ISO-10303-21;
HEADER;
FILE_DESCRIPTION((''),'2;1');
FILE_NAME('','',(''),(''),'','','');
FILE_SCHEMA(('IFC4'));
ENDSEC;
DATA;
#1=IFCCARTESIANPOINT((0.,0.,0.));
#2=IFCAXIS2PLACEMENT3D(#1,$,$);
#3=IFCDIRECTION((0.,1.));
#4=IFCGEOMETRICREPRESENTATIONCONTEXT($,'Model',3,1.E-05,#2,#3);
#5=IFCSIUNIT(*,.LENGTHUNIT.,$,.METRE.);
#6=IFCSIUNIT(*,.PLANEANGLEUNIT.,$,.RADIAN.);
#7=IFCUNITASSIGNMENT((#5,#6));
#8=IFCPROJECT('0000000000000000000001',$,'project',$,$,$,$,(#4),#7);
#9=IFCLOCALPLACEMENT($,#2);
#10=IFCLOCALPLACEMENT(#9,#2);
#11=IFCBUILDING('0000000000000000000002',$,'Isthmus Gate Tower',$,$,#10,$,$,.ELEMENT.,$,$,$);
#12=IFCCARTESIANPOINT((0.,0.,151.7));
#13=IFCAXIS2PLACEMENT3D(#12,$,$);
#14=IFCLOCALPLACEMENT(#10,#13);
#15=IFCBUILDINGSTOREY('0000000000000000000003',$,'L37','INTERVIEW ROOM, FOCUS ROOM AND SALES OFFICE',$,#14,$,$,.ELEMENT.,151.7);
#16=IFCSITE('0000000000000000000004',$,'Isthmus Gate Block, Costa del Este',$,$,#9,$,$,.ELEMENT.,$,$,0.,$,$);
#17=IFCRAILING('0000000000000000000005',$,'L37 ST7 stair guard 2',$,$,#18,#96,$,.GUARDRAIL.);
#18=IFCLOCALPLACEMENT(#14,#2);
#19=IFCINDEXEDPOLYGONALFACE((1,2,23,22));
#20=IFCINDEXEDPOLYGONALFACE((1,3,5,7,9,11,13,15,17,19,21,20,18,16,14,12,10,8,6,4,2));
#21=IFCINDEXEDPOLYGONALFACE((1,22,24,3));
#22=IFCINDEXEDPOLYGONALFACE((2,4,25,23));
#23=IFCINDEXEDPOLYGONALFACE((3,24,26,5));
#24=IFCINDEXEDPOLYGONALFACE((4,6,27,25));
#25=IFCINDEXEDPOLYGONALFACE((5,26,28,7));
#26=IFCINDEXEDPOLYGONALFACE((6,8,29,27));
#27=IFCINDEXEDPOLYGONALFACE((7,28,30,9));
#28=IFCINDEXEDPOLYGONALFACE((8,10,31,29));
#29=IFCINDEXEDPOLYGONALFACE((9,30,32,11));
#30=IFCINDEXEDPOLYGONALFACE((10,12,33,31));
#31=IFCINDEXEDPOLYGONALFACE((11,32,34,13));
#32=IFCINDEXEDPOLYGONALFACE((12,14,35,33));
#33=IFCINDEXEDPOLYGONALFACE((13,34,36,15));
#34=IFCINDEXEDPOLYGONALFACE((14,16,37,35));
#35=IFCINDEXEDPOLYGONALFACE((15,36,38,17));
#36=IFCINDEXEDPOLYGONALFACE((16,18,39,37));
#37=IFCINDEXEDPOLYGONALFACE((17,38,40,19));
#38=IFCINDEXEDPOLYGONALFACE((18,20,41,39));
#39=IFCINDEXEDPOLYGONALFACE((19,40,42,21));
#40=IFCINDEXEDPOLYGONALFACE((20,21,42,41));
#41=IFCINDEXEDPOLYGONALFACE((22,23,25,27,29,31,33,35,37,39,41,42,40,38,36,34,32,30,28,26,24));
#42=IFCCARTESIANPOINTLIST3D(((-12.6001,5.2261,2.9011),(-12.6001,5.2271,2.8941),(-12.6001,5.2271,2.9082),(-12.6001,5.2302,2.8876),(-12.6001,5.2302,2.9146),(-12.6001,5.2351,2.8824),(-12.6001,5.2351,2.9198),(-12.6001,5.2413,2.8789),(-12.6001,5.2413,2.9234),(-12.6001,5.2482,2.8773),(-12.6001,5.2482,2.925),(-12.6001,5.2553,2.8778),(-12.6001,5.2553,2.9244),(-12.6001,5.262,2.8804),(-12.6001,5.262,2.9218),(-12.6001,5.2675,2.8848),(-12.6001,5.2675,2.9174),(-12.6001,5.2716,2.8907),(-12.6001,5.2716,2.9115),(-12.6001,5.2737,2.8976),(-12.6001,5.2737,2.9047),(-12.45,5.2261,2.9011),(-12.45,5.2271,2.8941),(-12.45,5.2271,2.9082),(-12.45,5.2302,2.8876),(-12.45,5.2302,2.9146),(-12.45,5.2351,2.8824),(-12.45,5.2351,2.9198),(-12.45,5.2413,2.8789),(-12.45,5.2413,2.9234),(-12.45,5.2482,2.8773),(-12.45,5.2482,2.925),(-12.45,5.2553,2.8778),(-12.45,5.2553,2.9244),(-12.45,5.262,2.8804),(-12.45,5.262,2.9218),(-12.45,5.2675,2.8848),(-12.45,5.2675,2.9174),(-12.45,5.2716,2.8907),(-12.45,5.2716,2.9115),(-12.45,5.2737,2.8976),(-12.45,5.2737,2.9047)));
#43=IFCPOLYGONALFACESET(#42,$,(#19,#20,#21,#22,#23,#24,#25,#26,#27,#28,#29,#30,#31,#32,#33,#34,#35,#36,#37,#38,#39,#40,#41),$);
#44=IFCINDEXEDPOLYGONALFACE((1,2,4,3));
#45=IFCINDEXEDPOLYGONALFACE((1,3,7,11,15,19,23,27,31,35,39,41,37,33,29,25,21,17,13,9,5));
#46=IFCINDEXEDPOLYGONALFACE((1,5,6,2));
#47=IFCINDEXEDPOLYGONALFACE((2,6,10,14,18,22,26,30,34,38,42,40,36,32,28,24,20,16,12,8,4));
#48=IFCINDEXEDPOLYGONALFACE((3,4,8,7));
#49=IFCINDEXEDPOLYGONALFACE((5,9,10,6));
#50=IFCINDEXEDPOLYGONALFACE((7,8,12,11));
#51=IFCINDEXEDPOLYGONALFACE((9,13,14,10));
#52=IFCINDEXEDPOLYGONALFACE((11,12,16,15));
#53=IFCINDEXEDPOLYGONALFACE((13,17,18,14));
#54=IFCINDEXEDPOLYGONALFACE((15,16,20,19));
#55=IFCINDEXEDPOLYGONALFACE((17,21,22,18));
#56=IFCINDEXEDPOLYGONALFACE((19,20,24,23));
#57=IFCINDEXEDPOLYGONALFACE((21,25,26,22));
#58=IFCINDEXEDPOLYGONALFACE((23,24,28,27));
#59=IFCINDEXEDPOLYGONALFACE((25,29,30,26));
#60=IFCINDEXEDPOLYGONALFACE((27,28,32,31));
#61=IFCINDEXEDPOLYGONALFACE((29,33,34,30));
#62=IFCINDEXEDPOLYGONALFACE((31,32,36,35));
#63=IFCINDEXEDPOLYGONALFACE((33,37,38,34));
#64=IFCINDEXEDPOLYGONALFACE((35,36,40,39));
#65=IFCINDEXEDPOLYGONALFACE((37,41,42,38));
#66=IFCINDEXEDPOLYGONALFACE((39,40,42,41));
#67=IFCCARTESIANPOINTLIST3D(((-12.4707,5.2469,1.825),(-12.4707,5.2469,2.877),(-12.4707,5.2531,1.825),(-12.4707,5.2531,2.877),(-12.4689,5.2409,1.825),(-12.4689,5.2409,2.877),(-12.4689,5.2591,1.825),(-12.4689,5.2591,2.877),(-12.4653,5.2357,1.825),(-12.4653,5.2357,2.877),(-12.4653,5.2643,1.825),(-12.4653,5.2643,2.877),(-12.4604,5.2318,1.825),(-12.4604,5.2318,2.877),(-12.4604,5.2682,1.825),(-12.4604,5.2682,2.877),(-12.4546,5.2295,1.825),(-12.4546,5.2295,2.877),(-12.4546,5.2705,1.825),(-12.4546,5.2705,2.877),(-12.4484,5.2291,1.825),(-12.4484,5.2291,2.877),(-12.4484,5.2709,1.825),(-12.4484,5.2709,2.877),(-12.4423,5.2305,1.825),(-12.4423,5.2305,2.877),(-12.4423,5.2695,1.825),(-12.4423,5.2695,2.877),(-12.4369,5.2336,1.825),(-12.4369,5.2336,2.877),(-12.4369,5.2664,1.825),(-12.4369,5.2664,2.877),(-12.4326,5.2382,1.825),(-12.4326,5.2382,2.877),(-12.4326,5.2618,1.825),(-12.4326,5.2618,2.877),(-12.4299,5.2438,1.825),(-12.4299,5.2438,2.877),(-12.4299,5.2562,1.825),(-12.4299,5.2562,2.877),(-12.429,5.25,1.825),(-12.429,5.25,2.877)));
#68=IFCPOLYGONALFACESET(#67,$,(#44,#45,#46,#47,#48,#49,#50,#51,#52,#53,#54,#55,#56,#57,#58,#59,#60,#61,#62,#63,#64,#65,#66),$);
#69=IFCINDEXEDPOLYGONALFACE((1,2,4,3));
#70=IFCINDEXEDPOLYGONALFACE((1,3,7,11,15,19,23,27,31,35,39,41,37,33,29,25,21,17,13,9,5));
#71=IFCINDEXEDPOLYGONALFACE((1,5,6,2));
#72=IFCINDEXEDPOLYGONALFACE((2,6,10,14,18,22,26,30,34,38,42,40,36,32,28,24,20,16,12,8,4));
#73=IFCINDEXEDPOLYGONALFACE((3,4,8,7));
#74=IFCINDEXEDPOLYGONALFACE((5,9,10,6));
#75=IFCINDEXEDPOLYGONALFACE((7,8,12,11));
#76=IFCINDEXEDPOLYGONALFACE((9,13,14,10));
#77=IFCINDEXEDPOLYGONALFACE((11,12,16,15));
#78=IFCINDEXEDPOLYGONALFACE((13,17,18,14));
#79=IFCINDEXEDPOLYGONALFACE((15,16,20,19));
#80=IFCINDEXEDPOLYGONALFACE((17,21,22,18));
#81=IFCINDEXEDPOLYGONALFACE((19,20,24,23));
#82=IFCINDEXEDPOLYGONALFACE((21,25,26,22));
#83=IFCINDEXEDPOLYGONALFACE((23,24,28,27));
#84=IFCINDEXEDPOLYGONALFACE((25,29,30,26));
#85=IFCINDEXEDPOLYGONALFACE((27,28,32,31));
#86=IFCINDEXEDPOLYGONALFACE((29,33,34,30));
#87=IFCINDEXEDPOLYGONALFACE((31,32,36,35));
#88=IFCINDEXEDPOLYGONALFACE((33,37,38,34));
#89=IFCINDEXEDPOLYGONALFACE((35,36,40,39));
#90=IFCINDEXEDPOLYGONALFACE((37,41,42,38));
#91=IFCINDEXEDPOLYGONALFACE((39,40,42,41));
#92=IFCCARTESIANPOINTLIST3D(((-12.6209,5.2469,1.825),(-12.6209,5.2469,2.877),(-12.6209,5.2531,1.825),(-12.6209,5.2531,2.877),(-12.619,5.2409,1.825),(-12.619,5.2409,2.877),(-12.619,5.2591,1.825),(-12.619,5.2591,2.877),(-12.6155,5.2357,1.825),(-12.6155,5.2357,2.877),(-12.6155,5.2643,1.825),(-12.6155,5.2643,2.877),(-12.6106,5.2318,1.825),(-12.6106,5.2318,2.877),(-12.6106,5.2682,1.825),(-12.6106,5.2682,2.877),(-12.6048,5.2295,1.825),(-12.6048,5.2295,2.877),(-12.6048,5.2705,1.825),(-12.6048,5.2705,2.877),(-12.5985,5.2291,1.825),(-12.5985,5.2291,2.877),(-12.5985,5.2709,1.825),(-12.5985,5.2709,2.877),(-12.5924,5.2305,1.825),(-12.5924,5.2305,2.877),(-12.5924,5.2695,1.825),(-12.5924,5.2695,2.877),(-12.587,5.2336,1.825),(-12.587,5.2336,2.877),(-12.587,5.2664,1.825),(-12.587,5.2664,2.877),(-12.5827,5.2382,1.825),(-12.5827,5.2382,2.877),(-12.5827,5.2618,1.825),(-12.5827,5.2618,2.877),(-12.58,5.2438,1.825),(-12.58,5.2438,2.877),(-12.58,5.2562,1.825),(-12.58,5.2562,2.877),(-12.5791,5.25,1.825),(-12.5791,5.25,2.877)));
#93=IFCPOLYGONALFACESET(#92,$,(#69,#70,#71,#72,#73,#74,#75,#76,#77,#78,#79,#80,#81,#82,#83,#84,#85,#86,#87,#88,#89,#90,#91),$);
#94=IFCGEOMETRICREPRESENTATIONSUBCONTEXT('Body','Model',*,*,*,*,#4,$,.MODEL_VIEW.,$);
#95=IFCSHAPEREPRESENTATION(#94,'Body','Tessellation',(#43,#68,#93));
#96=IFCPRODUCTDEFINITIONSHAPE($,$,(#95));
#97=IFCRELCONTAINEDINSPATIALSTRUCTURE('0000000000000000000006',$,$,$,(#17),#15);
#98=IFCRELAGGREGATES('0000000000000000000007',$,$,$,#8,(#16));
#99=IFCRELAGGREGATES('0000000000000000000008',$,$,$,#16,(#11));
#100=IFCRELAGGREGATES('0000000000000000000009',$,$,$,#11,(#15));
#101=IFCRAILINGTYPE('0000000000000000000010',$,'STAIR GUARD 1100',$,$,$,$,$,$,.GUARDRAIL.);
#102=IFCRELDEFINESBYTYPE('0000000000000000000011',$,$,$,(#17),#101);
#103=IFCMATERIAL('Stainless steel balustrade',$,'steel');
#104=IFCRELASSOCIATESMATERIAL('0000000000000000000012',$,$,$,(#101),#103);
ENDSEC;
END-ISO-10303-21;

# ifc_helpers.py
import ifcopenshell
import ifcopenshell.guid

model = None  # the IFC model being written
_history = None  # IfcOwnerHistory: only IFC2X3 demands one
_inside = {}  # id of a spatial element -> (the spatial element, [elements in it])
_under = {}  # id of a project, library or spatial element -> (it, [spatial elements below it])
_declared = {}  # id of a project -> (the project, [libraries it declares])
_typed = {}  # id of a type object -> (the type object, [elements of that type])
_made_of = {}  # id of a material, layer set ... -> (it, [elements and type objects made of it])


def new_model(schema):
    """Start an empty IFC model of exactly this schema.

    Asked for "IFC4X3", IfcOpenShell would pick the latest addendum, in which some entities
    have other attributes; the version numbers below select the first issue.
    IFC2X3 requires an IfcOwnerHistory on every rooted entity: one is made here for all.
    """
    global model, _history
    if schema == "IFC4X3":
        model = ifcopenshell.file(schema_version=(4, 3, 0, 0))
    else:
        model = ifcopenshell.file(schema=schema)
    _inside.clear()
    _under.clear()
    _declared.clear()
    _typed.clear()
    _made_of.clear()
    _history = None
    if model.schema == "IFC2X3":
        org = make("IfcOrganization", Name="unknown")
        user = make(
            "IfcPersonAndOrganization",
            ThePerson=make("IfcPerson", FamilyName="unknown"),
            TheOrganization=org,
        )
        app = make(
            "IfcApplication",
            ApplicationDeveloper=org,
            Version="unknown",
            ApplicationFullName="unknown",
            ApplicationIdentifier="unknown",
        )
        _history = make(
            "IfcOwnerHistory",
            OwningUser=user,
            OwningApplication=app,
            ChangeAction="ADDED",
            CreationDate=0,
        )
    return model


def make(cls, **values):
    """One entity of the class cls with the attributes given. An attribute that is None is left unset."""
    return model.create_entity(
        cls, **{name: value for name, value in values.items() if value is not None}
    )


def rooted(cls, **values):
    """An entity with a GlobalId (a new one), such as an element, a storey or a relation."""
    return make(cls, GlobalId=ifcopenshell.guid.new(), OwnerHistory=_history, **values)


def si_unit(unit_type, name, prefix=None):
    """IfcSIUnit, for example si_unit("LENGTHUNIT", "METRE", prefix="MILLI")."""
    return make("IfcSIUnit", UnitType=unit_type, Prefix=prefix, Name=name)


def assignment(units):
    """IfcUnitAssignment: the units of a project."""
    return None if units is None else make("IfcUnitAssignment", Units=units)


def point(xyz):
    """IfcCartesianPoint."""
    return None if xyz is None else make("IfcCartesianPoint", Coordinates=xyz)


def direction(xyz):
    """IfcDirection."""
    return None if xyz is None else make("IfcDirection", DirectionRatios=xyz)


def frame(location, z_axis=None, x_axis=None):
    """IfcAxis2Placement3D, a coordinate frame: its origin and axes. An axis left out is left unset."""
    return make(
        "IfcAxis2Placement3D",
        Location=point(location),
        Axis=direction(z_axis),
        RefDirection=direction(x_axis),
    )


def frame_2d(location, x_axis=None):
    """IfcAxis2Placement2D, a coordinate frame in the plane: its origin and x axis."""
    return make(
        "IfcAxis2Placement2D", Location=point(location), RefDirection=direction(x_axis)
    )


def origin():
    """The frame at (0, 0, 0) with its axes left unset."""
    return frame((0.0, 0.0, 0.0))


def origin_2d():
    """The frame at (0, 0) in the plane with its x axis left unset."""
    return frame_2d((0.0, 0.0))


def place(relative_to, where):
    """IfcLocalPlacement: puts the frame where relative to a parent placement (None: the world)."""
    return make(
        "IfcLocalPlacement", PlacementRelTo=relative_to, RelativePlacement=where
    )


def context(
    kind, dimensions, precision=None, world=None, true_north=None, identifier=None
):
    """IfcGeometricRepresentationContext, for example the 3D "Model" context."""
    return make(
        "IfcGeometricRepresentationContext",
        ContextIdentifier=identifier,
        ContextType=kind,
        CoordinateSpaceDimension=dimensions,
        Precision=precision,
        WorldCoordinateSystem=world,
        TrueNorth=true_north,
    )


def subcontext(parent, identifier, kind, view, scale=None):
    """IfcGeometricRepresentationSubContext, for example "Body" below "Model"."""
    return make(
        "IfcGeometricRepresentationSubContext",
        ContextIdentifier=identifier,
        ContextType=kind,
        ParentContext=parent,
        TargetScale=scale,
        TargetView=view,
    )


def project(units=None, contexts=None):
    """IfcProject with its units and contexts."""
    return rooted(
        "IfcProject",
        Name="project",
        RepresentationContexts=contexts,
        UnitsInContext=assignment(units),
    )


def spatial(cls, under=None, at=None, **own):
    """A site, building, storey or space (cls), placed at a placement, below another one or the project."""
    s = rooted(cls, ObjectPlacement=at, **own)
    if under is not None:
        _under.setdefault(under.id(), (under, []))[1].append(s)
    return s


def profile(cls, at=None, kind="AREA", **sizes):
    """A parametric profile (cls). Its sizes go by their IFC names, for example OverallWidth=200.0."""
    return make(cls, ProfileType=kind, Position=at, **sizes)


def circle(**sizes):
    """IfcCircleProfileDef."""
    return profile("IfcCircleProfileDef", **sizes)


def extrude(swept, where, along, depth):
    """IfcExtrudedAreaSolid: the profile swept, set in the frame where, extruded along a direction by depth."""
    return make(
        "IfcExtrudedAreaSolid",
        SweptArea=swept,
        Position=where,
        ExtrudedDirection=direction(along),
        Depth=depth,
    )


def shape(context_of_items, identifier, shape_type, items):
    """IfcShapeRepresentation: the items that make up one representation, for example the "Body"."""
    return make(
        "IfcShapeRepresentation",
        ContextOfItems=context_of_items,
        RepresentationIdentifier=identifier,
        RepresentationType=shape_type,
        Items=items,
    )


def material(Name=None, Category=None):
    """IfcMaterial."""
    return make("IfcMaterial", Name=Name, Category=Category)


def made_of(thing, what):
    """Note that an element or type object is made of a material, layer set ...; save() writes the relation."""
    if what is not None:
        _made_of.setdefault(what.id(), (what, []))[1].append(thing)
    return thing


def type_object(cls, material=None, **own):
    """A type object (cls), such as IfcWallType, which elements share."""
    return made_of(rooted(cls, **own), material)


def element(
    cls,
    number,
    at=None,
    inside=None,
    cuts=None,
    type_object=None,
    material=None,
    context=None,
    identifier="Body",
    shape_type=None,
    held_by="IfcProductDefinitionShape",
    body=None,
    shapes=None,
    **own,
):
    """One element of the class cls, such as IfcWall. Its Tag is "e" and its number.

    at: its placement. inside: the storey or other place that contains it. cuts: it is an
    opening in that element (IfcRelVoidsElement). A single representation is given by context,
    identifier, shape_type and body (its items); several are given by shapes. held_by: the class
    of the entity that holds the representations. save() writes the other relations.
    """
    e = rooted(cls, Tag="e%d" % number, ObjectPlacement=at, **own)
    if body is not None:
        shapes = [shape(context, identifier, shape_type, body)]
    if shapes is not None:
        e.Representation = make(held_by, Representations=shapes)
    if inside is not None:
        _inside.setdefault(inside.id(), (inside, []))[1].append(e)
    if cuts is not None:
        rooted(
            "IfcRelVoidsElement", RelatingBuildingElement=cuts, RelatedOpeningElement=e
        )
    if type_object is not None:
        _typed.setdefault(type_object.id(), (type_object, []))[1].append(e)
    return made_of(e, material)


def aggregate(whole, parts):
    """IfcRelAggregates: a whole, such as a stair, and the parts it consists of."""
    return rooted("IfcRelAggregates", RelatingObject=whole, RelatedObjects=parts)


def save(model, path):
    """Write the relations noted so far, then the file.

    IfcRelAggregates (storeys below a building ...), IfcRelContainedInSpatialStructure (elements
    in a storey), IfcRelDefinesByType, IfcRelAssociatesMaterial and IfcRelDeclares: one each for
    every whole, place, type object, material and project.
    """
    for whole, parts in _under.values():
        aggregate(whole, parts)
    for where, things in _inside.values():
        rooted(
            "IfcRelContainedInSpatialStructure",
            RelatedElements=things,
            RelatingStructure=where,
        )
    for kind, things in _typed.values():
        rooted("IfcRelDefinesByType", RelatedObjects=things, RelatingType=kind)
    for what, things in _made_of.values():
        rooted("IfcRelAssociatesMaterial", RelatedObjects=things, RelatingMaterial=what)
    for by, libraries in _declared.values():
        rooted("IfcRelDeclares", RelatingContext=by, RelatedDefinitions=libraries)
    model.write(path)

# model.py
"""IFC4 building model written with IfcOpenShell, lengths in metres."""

from ifc_helpers import new_model, si_unit, direction, frame, origin, origin_2d, place, context, subcontext, project, spatial, circle, extrude, material, type_object, element, save


model = new_model("IFC4")

# Units and contexts
model_context = context("Model", 3, precision=1e-05, world=origin(), true_north=direction((0.0, 1.0)))
body_context = subcontext(model_context, "Body", "Model", "MODEL_VIEW")
ifc_project = project(units=[si_unit("LENGTHUNIT", "METRE"), si_unit("PLANEANGLEUNIT", "RADIAN")], contexts=[model_context])

# Site, building, storey
site_placement = place(None, origin())
site = spatial("IfcSite", under=ifc_project, at=site_placement, Name="Isthmus Gate Block, Costa del Este", CompositionType="ELEMENT", RefElevation=0.0)
building_placement = place(site_placement, origin())
building = spatial("IfcBuilding", under=site, at=building_placement, Name="Isthmus Gate Tower", CompositionType="ELEMENT")
storey_placement = place(building_placement, frame((0.0, 0.0, 151.7)))
storey = spatial("IfcBuildingStorey", under=building, at=storey_placement, Name="L37", Description="INTERVIEW ROOM, FOCUS ROOM AND SALES OFFICE", CompositionType="ELEMENT", Elevation=151.7)

# Railing
ifc_material_1 = material(Name="Stainless steel balustrade", Category="steel")
railing_type_1 = type_object("IfcRailingType", Name="STAIR GUARD 1100", PredefinedType="GUARDRAIL", material=ifc_material_1)
railing_1_placement = place(storey_placement, frame((-12.45, 5.25, 1.825)))
element("IfcRailing", 1, at=railing_1_placement, inside=storey, type_object=railing_type_1, Name="L37 ST7 stair guard 2", PredefinedType="GUARDRAIL", context=body_context, shape_type="SweptSolid", body=[
    extrude(circle(Radius=0.0239, at=origin_2d()), frame((0.0, 0.0, 1.0762), z_axis=(-1.0, 0.0, 0.0), x_axis=(0.0, -1.0, 0.0)), (0.0, 0.0, 1.0), 0.1501),
    extrude(circle(Radius=0.021, at=origin_2d()), origin(), (0.0, 0.0, 1.0), 1.052),
    extrude(circle(Radius=0.021, at=origin_2d()), frame((-0.1501, 0.0, 0.0)), (0.0, 0.0, 1.0), 1.052),
])

save(model, "model.ifc")
